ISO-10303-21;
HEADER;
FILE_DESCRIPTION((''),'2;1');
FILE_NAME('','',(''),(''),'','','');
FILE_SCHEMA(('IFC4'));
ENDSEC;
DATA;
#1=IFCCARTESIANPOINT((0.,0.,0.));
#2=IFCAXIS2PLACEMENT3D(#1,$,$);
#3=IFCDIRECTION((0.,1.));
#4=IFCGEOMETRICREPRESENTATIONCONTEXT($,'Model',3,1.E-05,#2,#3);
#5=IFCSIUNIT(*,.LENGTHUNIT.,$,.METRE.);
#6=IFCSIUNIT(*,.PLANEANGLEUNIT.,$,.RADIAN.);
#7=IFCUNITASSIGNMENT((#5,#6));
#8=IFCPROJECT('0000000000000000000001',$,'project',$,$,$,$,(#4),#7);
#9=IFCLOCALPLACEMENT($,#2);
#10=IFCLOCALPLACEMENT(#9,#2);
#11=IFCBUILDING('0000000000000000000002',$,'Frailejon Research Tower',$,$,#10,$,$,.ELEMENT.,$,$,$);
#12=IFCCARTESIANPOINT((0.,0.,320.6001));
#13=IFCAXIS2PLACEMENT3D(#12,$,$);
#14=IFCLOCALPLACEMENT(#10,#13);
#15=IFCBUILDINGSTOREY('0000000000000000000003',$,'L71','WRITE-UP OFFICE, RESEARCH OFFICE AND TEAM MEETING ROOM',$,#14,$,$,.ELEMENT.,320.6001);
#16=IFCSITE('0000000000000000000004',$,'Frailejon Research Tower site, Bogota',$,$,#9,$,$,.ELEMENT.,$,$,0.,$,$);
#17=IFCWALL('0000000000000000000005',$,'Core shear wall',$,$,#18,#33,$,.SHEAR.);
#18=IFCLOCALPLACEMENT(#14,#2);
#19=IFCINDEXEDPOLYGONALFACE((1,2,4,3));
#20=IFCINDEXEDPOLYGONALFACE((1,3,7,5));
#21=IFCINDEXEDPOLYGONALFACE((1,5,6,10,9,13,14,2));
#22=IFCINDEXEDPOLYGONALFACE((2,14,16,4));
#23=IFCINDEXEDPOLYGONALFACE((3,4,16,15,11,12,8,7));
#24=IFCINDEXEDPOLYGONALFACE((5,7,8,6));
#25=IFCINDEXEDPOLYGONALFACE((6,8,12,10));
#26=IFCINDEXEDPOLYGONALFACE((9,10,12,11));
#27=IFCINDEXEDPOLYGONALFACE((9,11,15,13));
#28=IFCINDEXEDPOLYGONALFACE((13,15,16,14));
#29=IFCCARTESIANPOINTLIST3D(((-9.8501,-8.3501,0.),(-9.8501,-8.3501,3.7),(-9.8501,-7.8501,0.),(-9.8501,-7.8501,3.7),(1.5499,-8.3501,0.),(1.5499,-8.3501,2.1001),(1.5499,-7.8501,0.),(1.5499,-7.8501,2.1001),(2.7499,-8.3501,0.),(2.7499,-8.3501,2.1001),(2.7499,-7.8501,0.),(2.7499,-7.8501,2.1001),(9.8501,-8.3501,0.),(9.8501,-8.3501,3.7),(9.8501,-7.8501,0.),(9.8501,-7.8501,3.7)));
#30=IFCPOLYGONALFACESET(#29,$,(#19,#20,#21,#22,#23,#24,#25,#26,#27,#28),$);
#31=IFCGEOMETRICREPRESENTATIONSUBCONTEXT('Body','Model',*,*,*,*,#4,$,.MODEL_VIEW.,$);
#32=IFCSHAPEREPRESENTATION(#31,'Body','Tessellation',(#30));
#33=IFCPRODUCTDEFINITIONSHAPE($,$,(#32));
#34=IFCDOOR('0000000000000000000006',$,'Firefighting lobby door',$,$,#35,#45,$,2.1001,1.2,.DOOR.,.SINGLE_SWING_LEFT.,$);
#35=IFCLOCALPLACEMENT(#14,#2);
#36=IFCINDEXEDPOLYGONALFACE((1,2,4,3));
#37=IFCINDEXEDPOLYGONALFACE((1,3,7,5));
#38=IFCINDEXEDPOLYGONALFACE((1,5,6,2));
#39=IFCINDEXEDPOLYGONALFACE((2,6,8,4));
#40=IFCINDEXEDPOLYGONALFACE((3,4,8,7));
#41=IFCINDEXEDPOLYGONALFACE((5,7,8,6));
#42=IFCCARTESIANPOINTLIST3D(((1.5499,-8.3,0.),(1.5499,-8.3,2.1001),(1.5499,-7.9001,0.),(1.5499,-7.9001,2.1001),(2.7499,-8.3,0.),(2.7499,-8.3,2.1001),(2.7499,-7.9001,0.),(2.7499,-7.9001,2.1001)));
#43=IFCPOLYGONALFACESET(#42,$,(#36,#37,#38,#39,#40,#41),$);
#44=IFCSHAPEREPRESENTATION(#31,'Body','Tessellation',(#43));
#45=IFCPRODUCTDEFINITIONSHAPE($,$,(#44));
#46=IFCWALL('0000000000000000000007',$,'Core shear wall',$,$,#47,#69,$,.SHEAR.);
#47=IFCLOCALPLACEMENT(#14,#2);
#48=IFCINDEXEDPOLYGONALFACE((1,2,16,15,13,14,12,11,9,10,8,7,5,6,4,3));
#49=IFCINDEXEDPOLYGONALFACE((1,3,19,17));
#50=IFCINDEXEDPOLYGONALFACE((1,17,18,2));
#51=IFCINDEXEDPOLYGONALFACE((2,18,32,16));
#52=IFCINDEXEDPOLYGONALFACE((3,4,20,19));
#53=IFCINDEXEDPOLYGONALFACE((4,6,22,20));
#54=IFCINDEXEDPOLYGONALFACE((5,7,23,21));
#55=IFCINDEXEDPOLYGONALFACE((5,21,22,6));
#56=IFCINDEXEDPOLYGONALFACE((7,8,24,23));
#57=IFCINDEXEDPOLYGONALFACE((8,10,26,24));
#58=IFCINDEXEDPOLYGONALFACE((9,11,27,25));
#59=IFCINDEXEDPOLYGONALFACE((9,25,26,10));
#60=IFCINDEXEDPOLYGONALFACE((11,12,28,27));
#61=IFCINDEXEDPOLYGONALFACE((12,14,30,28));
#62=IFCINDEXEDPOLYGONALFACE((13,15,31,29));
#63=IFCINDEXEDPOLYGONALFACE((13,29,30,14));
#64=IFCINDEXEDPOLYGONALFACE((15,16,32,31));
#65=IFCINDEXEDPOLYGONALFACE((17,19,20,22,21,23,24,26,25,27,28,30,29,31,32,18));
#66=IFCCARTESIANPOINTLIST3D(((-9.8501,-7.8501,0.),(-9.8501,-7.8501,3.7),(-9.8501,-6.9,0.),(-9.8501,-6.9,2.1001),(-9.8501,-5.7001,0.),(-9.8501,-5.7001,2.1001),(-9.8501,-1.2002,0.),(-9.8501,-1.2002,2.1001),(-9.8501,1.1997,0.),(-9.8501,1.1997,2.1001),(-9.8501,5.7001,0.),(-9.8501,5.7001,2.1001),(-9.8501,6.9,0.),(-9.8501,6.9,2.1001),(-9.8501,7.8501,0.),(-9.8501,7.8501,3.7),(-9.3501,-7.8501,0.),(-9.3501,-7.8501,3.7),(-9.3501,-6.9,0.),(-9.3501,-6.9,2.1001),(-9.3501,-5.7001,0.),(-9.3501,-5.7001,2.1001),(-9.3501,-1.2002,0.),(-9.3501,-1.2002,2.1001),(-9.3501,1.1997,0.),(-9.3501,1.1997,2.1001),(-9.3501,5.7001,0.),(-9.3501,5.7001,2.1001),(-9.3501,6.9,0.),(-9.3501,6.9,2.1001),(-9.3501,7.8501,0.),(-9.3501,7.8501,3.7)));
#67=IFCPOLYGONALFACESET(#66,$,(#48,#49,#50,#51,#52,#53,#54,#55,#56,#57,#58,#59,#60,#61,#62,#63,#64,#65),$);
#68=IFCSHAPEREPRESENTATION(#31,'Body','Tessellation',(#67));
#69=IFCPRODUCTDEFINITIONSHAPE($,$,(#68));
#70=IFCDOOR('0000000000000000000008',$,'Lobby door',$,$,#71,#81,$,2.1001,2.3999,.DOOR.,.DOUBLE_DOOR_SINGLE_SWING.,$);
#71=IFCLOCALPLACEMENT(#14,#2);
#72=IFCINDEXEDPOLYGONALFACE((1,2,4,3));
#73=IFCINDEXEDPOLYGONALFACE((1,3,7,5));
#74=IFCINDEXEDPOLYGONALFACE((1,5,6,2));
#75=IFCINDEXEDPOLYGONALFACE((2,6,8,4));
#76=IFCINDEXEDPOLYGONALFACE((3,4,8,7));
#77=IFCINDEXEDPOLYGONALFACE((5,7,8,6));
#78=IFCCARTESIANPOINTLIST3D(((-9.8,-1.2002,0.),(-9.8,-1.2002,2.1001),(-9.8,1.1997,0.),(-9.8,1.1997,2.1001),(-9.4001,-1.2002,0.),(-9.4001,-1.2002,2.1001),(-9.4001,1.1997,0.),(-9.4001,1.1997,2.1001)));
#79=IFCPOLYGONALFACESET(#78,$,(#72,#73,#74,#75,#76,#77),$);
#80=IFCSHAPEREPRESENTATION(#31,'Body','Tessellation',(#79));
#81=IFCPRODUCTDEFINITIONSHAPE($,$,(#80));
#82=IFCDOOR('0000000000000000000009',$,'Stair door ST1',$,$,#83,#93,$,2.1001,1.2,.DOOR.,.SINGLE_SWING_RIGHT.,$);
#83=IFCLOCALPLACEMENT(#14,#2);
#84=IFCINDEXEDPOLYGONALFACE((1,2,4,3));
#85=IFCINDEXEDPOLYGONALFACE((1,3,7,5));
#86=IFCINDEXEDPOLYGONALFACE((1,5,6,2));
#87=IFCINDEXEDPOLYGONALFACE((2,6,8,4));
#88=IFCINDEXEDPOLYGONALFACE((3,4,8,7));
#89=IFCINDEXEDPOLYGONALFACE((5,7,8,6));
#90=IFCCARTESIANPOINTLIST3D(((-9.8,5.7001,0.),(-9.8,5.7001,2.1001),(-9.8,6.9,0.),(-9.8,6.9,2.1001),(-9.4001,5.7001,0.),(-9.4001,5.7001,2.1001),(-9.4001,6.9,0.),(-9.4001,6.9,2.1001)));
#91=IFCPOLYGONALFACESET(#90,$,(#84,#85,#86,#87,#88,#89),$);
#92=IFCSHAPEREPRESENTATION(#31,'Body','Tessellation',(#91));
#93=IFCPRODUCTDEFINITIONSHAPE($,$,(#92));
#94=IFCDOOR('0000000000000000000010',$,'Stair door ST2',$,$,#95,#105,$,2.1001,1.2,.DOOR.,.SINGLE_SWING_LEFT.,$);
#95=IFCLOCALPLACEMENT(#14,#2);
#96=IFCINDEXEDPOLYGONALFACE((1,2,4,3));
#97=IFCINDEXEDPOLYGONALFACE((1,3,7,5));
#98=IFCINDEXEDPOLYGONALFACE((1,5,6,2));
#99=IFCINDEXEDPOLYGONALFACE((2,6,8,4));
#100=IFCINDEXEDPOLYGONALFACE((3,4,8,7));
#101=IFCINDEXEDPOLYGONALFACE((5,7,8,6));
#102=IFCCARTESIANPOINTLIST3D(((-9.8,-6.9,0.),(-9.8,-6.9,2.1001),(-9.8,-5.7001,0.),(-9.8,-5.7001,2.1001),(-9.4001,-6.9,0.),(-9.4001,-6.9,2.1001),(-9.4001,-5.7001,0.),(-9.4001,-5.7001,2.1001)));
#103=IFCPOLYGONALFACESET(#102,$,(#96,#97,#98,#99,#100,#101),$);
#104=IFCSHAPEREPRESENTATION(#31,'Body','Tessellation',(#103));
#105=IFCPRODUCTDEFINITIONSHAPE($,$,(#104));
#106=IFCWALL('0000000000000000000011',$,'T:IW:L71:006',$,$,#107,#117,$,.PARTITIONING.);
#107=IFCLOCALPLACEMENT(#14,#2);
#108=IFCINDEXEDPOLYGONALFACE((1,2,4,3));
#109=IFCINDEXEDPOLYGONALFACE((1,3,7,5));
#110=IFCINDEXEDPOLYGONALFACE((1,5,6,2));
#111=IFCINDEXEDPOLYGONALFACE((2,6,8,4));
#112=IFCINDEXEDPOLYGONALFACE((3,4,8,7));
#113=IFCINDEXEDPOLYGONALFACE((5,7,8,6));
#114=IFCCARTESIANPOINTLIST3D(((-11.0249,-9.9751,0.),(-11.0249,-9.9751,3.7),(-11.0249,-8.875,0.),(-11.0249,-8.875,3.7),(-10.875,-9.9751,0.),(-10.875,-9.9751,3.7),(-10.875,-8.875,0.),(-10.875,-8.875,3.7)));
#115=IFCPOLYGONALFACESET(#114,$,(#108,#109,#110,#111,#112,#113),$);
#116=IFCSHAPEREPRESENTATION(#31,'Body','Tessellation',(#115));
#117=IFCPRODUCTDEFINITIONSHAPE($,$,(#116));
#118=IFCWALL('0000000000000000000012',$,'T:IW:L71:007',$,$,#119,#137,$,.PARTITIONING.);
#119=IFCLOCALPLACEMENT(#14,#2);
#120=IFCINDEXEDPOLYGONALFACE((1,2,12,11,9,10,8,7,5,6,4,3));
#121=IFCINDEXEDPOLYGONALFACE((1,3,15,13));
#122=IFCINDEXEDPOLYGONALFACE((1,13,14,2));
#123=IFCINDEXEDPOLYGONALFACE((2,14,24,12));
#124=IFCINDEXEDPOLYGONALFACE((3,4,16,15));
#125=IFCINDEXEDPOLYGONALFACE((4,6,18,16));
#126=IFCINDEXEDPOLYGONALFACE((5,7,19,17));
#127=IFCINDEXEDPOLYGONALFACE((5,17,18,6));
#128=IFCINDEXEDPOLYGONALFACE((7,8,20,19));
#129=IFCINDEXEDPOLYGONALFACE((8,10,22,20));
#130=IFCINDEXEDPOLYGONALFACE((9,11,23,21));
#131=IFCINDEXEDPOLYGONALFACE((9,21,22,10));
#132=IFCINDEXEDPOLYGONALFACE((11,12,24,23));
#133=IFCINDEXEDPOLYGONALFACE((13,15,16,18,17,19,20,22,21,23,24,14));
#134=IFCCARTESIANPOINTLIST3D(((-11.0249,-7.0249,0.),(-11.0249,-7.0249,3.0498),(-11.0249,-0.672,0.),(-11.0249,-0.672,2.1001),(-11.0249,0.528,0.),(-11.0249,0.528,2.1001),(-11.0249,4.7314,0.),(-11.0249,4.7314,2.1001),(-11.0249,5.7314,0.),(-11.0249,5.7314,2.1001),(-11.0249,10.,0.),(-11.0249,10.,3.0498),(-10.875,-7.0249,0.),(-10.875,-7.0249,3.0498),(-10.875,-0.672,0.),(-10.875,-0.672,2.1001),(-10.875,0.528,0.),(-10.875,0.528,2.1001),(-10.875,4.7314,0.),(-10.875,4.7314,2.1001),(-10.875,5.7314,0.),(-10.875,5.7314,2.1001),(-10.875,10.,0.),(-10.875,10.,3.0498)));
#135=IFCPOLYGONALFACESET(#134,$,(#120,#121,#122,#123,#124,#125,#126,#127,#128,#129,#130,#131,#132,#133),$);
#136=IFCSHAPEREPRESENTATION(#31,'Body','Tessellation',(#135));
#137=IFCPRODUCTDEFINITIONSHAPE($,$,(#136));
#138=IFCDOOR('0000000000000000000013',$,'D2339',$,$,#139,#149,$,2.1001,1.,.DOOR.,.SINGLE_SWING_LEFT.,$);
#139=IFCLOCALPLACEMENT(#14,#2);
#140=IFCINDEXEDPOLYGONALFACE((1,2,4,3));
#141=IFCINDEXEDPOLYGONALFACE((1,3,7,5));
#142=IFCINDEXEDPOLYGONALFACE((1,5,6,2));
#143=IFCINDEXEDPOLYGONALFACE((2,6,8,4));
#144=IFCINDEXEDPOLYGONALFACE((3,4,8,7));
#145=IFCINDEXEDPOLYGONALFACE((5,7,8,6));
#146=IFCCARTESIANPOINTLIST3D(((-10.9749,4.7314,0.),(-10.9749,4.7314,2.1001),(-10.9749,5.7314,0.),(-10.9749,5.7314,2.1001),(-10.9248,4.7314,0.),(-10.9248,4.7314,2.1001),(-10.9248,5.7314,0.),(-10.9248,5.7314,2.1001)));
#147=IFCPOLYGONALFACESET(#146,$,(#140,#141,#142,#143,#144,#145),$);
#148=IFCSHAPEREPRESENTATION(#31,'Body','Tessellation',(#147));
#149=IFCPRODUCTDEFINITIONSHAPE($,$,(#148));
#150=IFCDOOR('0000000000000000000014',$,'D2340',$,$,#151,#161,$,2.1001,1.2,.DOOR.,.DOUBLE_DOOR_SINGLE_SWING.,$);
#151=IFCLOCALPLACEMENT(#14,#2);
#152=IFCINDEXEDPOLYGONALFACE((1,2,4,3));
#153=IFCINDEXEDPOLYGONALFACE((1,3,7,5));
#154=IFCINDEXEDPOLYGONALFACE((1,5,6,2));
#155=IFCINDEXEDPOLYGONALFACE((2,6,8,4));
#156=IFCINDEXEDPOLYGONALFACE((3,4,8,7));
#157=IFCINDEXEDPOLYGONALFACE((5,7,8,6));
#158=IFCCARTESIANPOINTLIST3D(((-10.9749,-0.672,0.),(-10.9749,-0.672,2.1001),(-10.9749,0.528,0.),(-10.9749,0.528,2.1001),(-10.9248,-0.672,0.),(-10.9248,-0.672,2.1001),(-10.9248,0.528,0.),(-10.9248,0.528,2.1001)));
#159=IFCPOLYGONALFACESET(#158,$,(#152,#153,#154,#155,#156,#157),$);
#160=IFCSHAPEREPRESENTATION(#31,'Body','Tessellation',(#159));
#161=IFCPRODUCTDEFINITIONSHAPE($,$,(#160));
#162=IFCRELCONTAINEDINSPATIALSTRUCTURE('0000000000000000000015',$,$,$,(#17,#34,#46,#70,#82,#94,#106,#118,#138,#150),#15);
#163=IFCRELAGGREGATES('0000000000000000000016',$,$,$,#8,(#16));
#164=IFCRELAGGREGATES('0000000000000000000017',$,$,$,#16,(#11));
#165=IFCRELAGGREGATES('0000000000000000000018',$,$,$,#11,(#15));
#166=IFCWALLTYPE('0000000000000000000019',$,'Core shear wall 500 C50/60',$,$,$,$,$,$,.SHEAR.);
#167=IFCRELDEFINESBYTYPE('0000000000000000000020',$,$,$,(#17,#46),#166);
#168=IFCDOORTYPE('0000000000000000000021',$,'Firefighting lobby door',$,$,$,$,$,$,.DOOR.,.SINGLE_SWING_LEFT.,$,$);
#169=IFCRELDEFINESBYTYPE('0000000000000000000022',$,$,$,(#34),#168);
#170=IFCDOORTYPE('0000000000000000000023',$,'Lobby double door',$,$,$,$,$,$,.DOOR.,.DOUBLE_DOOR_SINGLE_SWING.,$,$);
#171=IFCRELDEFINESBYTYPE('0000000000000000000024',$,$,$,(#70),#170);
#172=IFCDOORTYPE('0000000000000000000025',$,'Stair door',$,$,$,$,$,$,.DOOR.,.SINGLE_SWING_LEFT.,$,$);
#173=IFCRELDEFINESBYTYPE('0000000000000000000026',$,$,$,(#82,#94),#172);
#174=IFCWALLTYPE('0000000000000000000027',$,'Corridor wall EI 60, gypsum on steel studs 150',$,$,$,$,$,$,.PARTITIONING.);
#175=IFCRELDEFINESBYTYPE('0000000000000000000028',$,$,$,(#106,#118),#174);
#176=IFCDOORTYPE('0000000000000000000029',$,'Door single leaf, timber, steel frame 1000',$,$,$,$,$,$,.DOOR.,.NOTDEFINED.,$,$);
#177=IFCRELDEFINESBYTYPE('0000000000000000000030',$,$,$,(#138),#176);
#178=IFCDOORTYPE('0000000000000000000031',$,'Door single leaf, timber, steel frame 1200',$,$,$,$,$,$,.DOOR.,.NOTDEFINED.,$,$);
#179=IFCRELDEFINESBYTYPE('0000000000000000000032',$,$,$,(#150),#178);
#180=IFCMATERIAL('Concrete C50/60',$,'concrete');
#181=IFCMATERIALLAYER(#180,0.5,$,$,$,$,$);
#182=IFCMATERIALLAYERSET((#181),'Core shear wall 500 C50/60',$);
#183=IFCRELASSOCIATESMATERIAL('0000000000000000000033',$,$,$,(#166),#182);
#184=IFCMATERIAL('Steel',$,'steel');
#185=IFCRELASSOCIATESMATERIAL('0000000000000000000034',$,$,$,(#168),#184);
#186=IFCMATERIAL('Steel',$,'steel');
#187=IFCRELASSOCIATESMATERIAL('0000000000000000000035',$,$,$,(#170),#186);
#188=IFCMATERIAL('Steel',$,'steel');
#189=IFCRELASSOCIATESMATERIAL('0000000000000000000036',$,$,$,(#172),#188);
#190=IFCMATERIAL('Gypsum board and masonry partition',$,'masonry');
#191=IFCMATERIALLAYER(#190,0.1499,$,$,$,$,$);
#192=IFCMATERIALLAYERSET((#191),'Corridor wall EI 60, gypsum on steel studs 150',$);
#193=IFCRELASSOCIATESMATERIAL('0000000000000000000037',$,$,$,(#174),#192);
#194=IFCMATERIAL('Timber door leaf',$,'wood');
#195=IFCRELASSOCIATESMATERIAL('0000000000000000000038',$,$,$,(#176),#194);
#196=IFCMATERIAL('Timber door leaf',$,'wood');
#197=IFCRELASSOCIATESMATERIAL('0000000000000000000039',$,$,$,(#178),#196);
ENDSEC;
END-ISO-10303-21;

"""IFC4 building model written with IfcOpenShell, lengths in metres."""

from ifc_helpers import new_model, si_unit, direction, frame, frame_2d, origin, place, context, subcontext, project, spatial, rectangle, extrude, material, layer, layer_set, type_object, element, fill, save


model = new_model("IFC4")

# Units and contexts
model_context = context("Model", 3, precision=1e-05, world=origin(), true_north=direction((0.0, 1.0)))
body_context = subcontext(model_context, "Body", "Model", "MODEL_VIEW")
ifc_project = project(units=[si_unit("LENGTHUNIT", "METRE"), si_unit("PLANEANGLEUNIT", "RADIAN")], contexts=[model_context])

# Site, building, storey
site_placement = place(None, origin())
site = spatial("IfcSite", under=ifc_project, at=site_placement, Name="Frailejon Research Tower site, Bogota", CompositionType="ELEMENT", RefElevation=0.0)
building_placement = place(site_placement, origin())
building = spatial("IfcBuilding", under=site, at=building_placement, Name="Frailejon Research Tower", CompositionType="ELEMENT")
storey_placement = place(building_placement, frame((0.0, 0.0, 320.6001)))
storey = spatial("IfcBuildingStorey", under=building, at=storey_placement, Name="L71", Description="WRITE-UP OFFICE, RESEARCH OFFICE AND TEAM MEETING ROOM", CompositionType="ELEMENT", Elevation=320.6001)

# Wall, opening, door
ifc_material_1 = material(Name="Concrete C50/60", Category="concrete")
ifc_layer_1 = layer(ifc_material_1, 0.5)
ifc_layer_set_1 = layer_set([ifc_layer_1], Name="Core shear wall 500 C50/60")
wall_type_1 = type_object("IfcWallType", Name="Core shear wall 500 C50/60", PredefinedType="SHEAR", material=ifc_layer_set_1)
wall_1_placement = place(storey_placement, frame((-9.8501, -8.1001, 0.0), z_axis=(0.0, 0.0, 1.0), x_axis=(1.0, 0.0, 0.0)))
wall_1 = element("IfcWall", 1, at=wall_1_placement, inside=storey, type_object=wall_type_1, Name="Core shear wall", PredefinedType="SHEAR", context=body_context, shape_type="SweptSolid", body=[
    extrude(rectangle(XDim=19.7002, YDim=0.5, at=frame_2d((9.8501, 0.0))), origin(), (0.0, 0.0, 1.0), 3.7),
])
opening_1_placement = place(wall_1_placement, frame((11.3999, 0.0, 0.0)))
opening_1 = element("IfcOpeningElement", 2, at=opening_1_placement, cuts=wall_1, PredefinedType="OPENING", context=body_context, shape_type="SweptSolid", body=[
    extrude(rectangle(XDim=1.2, YDim=2.1001, at=frame_2d((0.6001, 1.05))), frame((0.0, 0.26, 0.0), z_axis=(0.0, -1.0, 0.0), x_axis=(1.0, 0.0, 0.0)), (0.0, 0.0, 1.0), 0.52),
])
ifc_material_2 = material(Name="Steel", Category="steel")
door_type_1 = type_object("IfcDoorType", Name="Firefighting lobby door", OperationType="SINGLE_SWING_LEFT", PredefinedType="DOOR", material=ifc_material_2)
door_1_placement = place(opening_1_placement, origin())
door_1 = element("IfcDoor", 3, at=door_1_placement, inside=storey, type_object=door_type_1, Name="Firefighting lobby door", OperationType="SINGLE_SWING_LEFT", OverallHeight=2.1001, OverallWidth=1.2, PredefinedType="DOOR", context=body_context, shape_type="SweptSolid", body=[
    extrude(rectangle(XDim=1.2, YDim=2.1001, at=frame_2d((0.6001, 1.05))), frame((0.0, 0.2, 0.0), z_axis=(0.0, -1.0, 0.0), x_axis=(1.0, 0.0, 0.0)), (0.0, 0.0, 1.0), 0.3999),
])
fill(opening_1, door_1)

# Wall, openings, doors
wall_2_placement = place(storey_placement, frame((-9.6001, -7.8501, 0.0), z_axis=(0.0, 0.0, 1.0), x_axis=(0.0, 1.0, 0.0)))
wall_2 = element("IfcWall", 4, at=wall_2_placement, inside=storey, type_object=wall_type_1, Name="Core shear wall", PredefinedType="SHEAR", context=body_context, shape_type="SweptSolid", body=[
    extrude(rectangle(XDim=15.7002, YDim=0.5, at=frame_2d((7.8501, 0.0))), origin(), (0.0, 0.0, 1.0), 3.7),
])
opening_2_placement = place(wall_2_placement, frame((6.6499, 0.0, 0.0)))
opening_2 = element("IfcOpeningElement", 5, at=opening_2_placement, cuts=wall_2, PredefinedType="OPENING", context=body_context, shape_type="SweptSolid", body=[
    extrude(rectangle(XDim=2.3999, YDim=2.1001, at=frame_2d((1.2, 1.05))), frame((0.0, 0.26, 0.0), z_axis=(0.0, -1.0, 0.0), x_axis=(1.0, 0.0, 0.0)), (0.0, 0.0, 1.0), 0.52),
])
opening_3_placement = place(wall_2_placement, frame((13.55, 0.0, 0.0)))
opening_3 = element("IfcOpeningElement", 6, at=opening_3_placement, cuts=wall_2, PredefinedType="OPENING", context=body_context, shape_type="SweptSolid", body=[
    extrude(rectangle(XDim=1.2, YDim=2.1001, at=frame_2d((0.6001, 1.05))), frame((0.0, 0.26, 0.0), z_axis=(0.0, -1.0, 0.0), x_axis=(1.0, 0.0, 0.0)), (0.0, 0.0, 1.0), 0.52),
])
opening_4_placement = place(wall_2_placement, frame((0.95, 0.0, 0.0)))
opening_4 = element("IfcOpeningElement", 7, at=opening_4_placement, cuts=wall_2, PredefinedType="OPENING", context=body_context, shape_type="SweptSolid", body=[
    extrude(rectangle(XDim=1.2, YDim=2.1001, at=frame_2d((0.6001, 1.05))), frame((0.0, 0.26, 0.0), z_axis=(0.0, -1.0, 0.0), x_axis=(1.0, 0.0, 0.0)), (0.0, 0.0, 1.0), 0.52),
])
ifc_material_3 = material(Name="Steel", Category="steel")
door_type_2 = type_object("IfcDoorType", Name="Lobby double door", OperationType="DOUBLE_DOOR_SINGLE_SWING", PredefinedType="DOOR", material=ifc_material_3)
door_2_placement = place(opening_2_placement, origin())
door_2 = element("IfcDoor", 8, at=door_2_placement, inside=storey, type_object=door_type_2, Name="Lobby door", OperationType="DOUBLE_DOOR_SINGLE_SWING", OverallHeight=2.1001, OverallWidth=2.3999, PredefinedType="DOOR", context=body_context, shape_type="SweptSolid", body=[
    extrude(rectangle(XDim=2.3999, YDim=2.1001, at=frame_2d((1.2, 1.05))), frame((0.0, 0.2, 0.0), z_axis=(0.0, -1.0, 0.0), x_axis=(1.0, 0.0, 0.0)), (0.0, 0.0, 1.0), 0.3999),
])
fill(opening_2, door_2)
ifc_material_4 = material(Name="Steel", Category="steel")
door_type_3 = type_object("IfcDoorType", Name="Stair door", OperationType="SINGLE_SWING_LEFT", PredefinedType="DOOR", material=ifc_material_4)
door_3_placement = place(opening_3_placement, origin())
door_3 = element("IfcDoor", 9, at=door_3_placement, inside=storey, type_object=door_type_3, Name="Stair door ST1", OperationType="SINGLE_SWING_RIGHT", OverallHeight=2.1001, OverallWidth=1.2, PredefinedType="DOOR", context=body_context, shape_type="SweptSolid", body=[
    extrude(rectangle(XDim=1.2, YDim=2.1001, at=frame_2d((0.6001, 1.05))), frame((0.0, 0.2, 0.0), z_axis=(0.0, -1.0, 0.0), x_axis=(1.0, 0.0, 0.0)), (0.0, 0.0, 1.0), 0.3999),
])
fill(opening_3, door_3)
door_4_placement = place(opening_4_placement, origin())
door_4 = element("IfcDoor", 10, at=door_4_placement, inside=storey, type_object=door_type_3, Name="Stair door ST2", OperationType="SINGLE_SWING_LEFT", OverallHeight=2.1001, OverallWidth=1.2, PredefinedType="DOOR", context=body_context, shape_type="SweptSolid", body=[
    extrude(rectangle(XDim=1.2, YDim=2.1001, at=frame_2d((0.6001, 1.05))), frame((0.0, 0.2, 0.0), z_axis=(0.0, -1.0, 0.0), x_axis=(1.0, 0.0, 0.0)), (0.0, 0.0, 1.0), 0.3999),
])
fill(opening_4, door_4)

# Wall
ifc_material_5 = material(Name="Gypsum board and masonry partition", Category="masonry")
ifc_layer_2 = layer(ifc_material_5, 0.1499)
ifc_layer_set_2 = layer_set([ifc_layer_2], Name="Corridor wall EI 60, gypsum on steel studs 150")
wall_type_2 = type_object("IfcWallType", Name="Corridor wall EI 60, gypsum on steel studs 150", PredefinedType="PARTITIONING", material=ifc_layer_set_2)
wall_3_placement = place(storey_placement, frame((-10.95, -9.9751, 0.0), z_axis=(0.0, 0.0, 1.0), x_axis=(0.0, 1.0, 0.0)))
element("IfcWall", 11, at=wall_3_placement, inside=storey, type_object=wall_type_2, Name="T:IW:L71:006", PredefinedType="PARTITIONING", context=body_context, shape_type="SweptSolid", body=[
    extrude(rectangle(XDim=1.1001, YDim=0.1499, at=frame_2d((0.55, 0.0))), origin(), (0.0, 0.0, 1.0), 3.7),
])

# Wall, openings, doors
wall_4_placement = place(storey_placement, frame((-10.95, -7.0249, 0.0), z_axis=(0.0, 0.0, 1.0), x_axis=(0.0, 1.0, 0.0)))
wall_4 = element("IfcWall", 12, at=wall_4_placement, inside=storey, type_object=wall_type_2, Name="T:IW:L71:007", PredefinedType="PARTITIONING", context=body_context, shape_type="SweptSolid", body=[
    extrude(rectangle(XDim=17.0249, YDim=0.1499, at=frame_2d((8.5125, 0.0))), origin(), (0.0, 0.0, 1.0), 3.0498),
])
opening_5_placement = place(wall_4_placement, frame((11.7563, 0.0, 0.0)))
opening_5 = element("IfcOpeningElement", 13, at=opening_5_placement, cuts=wall_4, PredefinedType="OPENING", context=body_context, shape_type="SweptSolid", body=[
    extrude(rectangle(XDim=1.0, YDim=2.1001, at=frame_2d((0.5, 1.05))), frame((0.0, 0.085, 0.0), z_axis=(0.0, -1.0, 0.0), x_axis=(1.0, 0.0, 0.0)), (0.0, 0.0, 1.0), 0.1699),
])
opening_6_placement = place(wall_4_placement, frame((6.3528, 0.0, 0.0)))
opening_6 = element("IfcOpeningElement", 14, at=opening_6_placement, cuts=wall_4, PredefinedType="OPENING", context=body_context, shape_type="SweptSolid", body=[
    extrude(rectangle(XDim=1.2, YDim=2.1001, at=frame_2d((0.6001, 1.05))), frame((0.0, 0.085, 0.0), z_axis=(0.0, -1.0, 0.0), x_axis=(1.0, 0.0, 0.0)), (0.0, 0.0, 1.0), 0.1699),
])
ifc_material_6 = material(Name="Timber door leaf", Category="wood")
door_type_4 = type_object("IfcDoorType", Name="Door single leaf, timber, steel frame 1000", OperationType="NOTDEFINED", PredefinedType="DOOR", material=ifc_material_6)
door_5_placement = place(opening_5_placement, origin())
door_5 = element("IfcDoor", 15, at=door_5_placement, inside=storey, type_object=door_type_4, Name="D2339", OperationType="SINGLE_SWING_LEFT", OverallHeight=2.1001, OverallWidth=1.0, PredefinedType="DOOR", context=body_context, shape_type="SweptSolid", body=[
    extrude(rectangle(XDim=1.0, YDim=2.1001, at=frame_2d((0.5, 1.05))), frame((0.0, 0.0249, 0.0), z_axis=(0.0, -1.0, 0.0), x_axis=(1.0, 0.0, 0.0)), (0.0, 0.0, 1.0), 0.05),
])
fill(opening_5, door_5)
ifc_material_7 = material(Name="Timber door leaf", Category="wood")
door_type_5 = type_object("IfcDoorType", Name="Door single leaf, timber, steel frame 1200", OperationType="NOTDEFINED", PredefinedType="DOOR", material=ifc_material_7)
door_6_placement = place(opening_6_placement, origin())
door_6 = element("IfcDoor", 16, at=door_6_placement, inside=storey, type_object=door_type_5, Name="D2340", OperationType="DOUBLE_DOOR_SINGLE_SWING", OverallHeight=2.1001, OverallWidth=1.2, PredefinedType="DOOR", context=body_context, shape_type="SweptSolid", body=[
    extrude(rectangle(XDim=1.2, YDim=2.1001, at=frame_2d((0.6001, 1.05))), frame((0.0, 0.0249, 0.0), z_axis=(0.0, -1.0, 0.0), x_axis=(1.0, 0.0, 0.0)), (0.0, 0.0, 1.0), 0.05),
])
fill(opening_6, door_6)

save(model, "model.ifc")
